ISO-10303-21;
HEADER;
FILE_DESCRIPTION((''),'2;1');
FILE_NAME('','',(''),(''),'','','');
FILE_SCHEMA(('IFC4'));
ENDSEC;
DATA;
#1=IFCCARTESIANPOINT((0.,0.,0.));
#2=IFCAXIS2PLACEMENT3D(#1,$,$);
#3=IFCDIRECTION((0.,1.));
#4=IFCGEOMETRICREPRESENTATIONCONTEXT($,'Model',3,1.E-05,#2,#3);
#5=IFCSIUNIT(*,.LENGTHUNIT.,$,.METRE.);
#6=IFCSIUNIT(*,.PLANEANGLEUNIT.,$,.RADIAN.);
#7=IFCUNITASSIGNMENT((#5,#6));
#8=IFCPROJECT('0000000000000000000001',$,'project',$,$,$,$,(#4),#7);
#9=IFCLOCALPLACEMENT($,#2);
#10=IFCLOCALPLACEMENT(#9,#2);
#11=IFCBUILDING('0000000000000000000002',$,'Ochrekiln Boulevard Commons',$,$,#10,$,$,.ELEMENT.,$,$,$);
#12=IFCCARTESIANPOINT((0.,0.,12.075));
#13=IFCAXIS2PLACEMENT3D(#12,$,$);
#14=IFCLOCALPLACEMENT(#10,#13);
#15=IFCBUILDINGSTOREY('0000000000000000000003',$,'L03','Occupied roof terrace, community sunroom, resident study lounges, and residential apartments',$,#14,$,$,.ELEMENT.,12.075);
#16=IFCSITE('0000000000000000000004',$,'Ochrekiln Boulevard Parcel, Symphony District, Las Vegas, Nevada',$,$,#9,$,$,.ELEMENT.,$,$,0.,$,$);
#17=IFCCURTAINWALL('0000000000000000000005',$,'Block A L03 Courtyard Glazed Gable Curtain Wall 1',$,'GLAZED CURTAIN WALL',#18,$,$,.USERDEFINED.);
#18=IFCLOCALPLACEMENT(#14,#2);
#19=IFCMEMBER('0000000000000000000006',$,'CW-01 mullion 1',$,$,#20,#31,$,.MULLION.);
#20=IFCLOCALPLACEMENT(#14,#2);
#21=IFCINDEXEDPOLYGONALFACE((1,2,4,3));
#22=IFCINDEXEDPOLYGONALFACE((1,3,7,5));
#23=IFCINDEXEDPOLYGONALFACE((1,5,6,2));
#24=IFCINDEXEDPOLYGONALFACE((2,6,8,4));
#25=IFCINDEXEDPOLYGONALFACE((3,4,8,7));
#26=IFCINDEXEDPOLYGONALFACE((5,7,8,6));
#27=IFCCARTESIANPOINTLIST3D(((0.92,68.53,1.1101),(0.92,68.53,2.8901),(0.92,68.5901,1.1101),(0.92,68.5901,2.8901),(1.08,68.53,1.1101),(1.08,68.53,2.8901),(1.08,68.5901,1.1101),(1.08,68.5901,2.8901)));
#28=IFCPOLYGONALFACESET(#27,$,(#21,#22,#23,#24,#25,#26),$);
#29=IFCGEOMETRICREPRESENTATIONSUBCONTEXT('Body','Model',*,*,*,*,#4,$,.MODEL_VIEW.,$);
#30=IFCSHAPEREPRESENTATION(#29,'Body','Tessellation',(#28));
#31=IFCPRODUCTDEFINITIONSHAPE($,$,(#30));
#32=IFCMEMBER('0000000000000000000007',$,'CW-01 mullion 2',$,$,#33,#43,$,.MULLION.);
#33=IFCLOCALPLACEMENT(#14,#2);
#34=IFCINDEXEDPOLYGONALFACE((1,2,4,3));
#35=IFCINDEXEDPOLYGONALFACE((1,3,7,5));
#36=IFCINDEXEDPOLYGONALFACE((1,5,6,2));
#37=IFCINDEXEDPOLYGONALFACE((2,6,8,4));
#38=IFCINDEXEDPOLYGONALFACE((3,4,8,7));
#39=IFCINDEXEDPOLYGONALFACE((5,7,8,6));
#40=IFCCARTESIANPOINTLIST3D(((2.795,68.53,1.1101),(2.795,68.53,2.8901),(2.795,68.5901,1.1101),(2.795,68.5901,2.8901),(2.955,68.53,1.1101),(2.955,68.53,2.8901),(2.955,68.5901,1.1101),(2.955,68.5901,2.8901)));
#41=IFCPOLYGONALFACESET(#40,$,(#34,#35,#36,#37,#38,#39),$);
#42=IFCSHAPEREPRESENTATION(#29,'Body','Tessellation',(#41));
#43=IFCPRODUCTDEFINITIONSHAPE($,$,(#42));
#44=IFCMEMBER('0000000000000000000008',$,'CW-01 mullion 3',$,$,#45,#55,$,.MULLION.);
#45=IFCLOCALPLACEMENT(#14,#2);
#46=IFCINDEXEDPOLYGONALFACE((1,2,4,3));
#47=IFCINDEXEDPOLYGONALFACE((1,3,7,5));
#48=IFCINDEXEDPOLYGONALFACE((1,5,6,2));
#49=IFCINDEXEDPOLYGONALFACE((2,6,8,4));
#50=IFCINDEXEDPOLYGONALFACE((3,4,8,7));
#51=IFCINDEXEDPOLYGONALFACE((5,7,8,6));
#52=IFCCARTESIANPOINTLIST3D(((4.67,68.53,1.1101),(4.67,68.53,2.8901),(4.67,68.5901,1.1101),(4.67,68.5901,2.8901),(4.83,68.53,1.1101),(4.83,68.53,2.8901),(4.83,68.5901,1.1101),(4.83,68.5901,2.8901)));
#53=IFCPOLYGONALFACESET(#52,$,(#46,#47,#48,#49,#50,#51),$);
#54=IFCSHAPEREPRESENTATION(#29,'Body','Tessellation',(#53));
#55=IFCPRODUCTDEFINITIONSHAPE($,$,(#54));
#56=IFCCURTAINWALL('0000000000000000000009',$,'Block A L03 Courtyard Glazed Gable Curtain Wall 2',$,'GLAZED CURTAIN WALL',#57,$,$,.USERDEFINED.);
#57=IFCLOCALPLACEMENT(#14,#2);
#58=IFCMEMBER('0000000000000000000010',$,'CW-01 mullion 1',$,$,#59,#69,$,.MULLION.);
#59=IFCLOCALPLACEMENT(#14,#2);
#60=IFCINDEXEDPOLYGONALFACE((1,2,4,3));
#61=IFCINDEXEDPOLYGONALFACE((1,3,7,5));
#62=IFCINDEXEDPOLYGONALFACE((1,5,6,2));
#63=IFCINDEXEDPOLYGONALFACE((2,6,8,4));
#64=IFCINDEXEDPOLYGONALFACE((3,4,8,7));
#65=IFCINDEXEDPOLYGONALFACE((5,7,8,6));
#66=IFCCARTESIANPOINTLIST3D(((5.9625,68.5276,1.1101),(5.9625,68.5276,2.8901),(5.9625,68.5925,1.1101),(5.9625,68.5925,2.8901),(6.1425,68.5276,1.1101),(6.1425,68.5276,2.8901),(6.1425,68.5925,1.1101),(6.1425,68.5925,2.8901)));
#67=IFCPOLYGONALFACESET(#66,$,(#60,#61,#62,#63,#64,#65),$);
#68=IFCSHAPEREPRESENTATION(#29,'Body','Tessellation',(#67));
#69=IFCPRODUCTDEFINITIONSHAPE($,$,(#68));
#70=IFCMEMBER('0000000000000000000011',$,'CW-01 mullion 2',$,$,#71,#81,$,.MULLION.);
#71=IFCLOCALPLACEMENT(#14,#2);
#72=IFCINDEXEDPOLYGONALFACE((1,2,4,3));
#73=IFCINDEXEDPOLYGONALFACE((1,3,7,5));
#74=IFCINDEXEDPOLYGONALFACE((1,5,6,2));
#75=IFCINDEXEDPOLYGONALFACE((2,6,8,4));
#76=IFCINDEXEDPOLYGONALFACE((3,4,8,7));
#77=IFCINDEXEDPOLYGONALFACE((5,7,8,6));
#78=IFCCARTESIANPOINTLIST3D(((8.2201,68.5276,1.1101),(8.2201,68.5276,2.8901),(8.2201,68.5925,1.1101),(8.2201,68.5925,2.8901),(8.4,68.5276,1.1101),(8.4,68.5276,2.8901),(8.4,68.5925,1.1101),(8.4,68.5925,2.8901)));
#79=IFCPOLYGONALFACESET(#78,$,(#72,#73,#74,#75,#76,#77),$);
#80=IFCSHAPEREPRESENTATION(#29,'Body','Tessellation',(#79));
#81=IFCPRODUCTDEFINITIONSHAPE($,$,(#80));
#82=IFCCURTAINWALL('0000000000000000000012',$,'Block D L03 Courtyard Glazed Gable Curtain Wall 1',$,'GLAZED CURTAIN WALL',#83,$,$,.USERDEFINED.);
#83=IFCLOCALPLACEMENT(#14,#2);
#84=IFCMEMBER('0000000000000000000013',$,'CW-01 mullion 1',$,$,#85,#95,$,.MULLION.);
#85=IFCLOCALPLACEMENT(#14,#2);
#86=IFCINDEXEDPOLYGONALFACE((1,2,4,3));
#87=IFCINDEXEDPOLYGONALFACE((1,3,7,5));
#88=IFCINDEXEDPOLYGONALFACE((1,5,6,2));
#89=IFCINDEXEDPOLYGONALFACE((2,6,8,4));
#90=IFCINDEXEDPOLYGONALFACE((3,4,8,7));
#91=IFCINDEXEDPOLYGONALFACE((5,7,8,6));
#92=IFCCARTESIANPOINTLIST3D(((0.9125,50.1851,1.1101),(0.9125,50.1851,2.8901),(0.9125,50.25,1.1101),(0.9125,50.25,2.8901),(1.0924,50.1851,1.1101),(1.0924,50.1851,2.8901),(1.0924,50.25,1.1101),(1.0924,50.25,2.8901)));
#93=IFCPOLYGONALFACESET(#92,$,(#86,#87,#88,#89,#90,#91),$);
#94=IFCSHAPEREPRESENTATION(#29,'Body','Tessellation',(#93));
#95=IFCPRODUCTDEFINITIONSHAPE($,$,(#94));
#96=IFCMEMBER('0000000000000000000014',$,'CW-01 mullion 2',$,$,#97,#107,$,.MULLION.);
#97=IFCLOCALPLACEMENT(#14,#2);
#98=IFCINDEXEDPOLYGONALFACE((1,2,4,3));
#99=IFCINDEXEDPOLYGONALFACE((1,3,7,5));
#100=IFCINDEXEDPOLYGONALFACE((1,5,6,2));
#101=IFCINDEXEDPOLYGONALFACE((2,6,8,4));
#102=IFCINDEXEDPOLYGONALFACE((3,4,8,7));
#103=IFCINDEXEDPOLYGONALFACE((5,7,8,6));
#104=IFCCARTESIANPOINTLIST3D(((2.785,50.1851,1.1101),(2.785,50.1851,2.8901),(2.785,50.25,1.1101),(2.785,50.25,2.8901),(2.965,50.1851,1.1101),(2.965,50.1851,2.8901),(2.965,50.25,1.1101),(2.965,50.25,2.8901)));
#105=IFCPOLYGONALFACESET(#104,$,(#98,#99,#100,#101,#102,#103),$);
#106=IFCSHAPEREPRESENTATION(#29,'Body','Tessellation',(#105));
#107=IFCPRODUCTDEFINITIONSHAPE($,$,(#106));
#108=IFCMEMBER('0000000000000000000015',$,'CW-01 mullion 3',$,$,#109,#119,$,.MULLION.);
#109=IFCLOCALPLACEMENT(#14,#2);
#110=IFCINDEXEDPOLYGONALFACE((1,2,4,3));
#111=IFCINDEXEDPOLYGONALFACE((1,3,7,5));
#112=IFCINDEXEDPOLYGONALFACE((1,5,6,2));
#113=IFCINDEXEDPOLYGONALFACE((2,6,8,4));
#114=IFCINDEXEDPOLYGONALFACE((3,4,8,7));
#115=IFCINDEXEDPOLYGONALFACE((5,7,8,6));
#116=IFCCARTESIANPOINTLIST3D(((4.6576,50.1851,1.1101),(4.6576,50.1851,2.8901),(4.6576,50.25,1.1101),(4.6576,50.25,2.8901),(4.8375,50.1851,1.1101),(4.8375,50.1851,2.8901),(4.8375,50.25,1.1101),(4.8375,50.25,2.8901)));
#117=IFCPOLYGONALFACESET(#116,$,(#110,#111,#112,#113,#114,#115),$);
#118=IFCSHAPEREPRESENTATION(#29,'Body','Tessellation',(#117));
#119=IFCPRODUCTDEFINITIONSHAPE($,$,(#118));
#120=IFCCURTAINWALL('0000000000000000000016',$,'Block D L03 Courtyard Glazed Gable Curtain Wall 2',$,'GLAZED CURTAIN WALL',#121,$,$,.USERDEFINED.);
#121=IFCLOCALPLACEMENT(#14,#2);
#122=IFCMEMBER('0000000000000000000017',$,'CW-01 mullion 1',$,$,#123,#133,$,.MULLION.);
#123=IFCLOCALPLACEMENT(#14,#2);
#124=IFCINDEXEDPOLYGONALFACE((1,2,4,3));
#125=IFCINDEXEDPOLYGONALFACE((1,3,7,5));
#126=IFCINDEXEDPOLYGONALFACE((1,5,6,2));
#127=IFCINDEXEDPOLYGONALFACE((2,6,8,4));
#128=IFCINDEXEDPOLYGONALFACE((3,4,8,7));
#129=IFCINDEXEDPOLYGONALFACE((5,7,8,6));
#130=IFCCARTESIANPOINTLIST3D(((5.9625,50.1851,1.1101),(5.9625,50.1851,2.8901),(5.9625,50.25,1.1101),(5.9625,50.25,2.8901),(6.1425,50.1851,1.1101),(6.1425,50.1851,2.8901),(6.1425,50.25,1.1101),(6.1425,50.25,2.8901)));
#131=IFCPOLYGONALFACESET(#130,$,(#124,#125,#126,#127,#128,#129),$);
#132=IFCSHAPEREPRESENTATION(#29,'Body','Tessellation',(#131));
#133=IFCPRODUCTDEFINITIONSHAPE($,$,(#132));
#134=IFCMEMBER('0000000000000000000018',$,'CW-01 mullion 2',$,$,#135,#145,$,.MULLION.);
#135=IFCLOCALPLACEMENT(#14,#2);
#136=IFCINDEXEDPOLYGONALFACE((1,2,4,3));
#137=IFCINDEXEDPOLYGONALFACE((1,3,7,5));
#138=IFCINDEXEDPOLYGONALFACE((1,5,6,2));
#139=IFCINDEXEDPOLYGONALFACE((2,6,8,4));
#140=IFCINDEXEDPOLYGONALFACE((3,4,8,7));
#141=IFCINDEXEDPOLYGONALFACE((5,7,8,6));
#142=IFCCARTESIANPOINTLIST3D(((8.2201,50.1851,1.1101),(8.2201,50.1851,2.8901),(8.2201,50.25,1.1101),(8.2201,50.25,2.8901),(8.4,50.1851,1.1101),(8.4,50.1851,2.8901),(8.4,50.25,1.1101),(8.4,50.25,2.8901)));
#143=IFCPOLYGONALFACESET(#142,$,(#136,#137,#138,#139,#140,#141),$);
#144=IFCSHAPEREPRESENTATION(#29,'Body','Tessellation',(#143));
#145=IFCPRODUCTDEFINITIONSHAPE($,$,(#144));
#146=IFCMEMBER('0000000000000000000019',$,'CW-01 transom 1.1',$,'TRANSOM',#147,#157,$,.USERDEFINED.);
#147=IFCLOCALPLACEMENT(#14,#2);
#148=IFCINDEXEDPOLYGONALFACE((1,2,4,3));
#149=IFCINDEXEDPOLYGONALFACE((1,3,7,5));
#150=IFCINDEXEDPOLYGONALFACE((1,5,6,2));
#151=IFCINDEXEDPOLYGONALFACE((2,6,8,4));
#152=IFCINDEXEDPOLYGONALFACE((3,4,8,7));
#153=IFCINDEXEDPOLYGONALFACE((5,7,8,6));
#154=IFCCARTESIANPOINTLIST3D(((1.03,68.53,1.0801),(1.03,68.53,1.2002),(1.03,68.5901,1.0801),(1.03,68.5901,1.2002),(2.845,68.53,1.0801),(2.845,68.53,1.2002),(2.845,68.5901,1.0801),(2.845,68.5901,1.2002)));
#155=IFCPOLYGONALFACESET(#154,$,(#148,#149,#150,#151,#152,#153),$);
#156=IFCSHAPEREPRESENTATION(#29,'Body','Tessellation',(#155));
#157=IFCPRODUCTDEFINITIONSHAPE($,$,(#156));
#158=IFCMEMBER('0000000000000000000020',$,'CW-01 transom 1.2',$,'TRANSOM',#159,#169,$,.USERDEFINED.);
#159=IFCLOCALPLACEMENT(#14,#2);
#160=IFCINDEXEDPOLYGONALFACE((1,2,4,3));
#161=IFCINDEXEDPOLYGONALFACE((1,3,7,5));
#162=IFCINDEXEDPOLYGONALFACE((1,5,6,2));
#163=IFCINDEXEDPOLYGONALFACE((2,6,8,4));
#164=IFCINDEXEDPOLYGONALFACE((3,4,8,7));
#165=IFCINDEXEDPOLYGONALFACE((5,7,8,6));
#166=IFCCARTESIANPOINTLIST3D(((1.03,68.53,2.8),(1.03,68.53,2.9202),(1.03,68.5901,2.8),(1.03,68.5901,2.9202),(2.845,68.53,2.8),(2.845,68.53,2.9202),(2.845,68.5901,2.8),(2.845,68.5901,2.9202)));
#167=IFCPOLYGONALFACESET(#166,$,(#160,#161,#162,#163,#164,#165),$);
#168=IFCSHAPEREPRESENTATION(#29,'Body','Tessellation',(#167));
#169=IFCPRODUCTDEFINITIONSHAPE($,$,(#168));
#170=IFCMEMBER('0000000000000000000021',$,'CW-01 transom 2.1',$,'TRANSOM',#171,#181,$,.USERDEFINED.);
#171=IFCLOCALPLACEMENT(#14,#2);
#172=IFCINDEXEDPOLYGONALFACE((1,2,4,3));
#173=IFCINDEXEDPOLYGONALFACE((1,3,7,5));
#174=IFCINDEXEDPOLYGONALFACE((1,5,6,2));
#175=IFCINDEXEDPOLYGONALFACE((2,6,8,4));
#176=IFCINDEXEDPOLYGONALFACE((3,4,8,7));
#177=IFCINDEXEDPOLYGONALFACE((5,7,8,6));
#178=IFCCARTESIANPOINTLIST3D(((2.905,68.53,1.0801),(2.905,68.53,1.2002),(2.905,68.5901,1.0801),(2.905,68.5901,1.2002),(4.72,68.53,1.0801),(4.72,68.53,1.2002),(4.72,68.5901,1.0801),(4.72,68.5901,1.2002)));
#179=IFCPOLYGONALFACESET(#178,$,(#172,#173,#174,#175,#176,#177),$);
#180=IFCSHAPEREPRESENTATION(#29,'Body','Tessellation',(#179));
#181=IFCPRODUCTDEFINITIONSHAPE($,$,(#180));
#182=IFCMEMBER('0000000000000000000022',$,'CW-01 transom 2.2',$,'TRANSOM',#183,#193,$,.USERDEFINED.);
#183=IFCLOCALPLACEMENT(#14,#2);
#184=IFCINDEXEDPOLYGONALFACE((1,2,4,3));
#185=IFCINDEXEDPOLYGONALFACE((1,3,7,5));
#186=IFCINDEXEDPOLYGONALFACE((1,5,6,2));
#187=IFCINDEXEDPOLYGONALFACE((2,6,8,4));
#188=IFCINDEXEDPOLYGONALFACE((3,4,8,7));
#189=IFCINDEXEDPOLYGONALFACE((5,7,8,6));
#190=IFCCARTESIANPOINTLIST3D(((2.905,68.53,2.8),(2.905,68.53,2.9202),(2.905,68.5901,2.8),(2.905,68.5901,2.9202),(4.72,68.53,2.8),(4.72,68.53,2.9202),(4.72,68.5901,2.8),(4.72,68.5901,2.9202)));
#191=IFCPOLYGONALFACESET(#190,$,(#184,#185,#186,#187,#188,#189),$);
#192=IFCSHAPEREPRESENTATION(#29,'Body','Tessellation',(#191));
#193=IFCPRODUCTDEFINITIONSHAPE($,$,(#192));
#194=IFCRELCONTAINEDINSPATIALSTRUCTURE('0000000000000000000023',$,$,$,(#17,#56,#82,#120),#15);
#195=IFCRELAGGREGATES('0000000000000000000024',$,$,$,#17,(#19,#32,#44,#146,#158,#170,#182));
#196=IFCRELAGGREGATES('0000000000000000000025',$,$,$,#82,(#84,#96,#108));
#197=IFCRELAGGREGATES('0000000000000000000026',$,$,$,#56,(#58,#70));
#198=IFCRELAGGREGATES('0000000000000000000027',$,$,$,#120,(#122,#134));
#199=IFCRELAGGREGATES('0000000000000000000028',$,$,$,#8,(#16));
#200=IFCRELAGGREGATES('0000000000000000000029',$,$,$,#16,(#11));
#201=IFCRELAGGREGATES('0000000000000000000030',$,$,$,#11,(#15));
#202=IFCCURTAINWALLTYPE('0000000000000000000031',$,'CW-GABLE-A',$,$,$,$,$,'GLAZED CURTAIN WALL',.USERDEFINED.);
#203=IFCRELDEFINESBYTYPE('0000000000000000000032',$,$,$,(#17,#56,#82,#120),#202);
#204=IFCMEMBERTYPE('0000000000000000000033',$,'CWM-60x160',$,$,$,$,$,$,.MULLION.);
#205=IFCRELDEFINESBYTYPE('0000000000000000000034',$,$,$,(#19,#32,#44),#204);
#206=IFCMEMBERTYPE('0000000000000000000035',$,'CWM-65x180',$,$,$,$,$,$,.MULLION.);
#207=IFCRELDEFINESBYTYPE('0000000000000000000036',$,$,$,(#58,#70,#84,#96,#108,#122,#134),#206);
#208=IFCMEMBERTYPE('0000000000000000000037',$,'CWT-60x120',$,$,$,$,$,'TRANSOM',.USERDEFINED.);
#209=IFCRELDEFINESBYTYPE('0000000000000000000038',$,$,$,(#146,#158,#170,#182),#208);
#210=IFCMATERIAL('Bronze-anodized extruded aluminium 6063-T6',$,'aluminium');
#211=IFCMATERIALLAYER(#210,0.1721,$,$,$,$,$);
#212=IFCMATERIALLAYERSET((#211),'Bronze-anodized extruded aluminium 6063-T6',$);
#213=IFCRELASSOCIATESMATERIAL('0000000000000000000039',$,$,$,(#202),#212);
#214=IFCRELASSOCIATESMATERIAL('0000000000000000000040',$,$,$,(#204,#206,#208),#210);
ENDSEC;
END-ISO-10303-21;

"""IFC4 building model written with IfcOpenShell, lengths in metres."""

from ifc_helpers import new_model, si_unit, direction, frame, origin, origin_2d, place, context, subcontext, project, spatial, rectangle, extrude, material, layer, layer_set, material_profile, profile_set, type_object, element, aggregate, save


model = new_model("IFC4")

# Units and contexts
model_context = context("Model", 3, precision=1e-05, world=origin(), true_north=direction((0.0, 1.0)))
body_context = subcontext(model_context, "Body", "Model", "MODEL_VIEW")
ifc_project = project(units=[si_unit("LENGTHUNIT", "METRE"), si_unit("PLANEANGLEUNIT", "RADIAN")], contexts=[model_context])

# Site, building, storey
site_placement = place(None, origin())
site = spatial("IfcSite", under=ifc_project, at=site_placement, Name="Ochrekiln Boulevard Parcel, Symphony District, Las Vegas, Nevada", CompositionType="ELEMENT", RefElevation=0.0)
building_placement = place(site_placement, origin())
building = spatial("IfcBuilding", under=site, at=building_placement, Name="Ochrekiln Boulevard Commons", CompositionType="ELEMENT")
storey_placement = place(building_placement, frame((0.0, 0.0, 12.075)))
storey = spatial("IfcBuildingStorey", under=building, at=storey_placement, Name="L03", Description="Occupied roof terrace, community sunroom, resident study lounges, and residential apartments", CompositionType="ELEMENT", Elevation=12.075)

# Curtain walls, members
ifc_material_1 = material(Name="Bronze-anodized extruded aluminium 6063-T6", Category="aluminium")
ifc_layer_1 = layer(ifc_material_1, 0.1721)
ifc_layer_set_1 = layer_set([ifc_layer_1], Name="Bronze-anodized extruded aluminium 6063-T6")
curtain_wall_type = type_object("IfcCurtainWallType", Name="CW-GABLE-A", ElementType="GLAZED CURTAIN WALL", PredefinedType="USERDEFINED", material=ifc_layer_set_1)
curtain_wall_1_placement = place(storey_placement, origin())
curtain_wall_1 = element("IfcCurtainWall", 1, at=curtain_wall_1_placement, inside=storey, type_object=curtain_wall_type, Name="Block A L03 Courtyard Glazed Gable Curtain Wall 1", ObjectType="GLAZED CURTAIN WALL", PredefinedType="USERDEFINED")
ifc_material_profile_1 = material_profile(ifc_material_1, rectangle(XDim=0.0601, YDim=0.1599, at=origin_2d()), Name="ALU-MUL-60x160")
ifc_profile_set_1 = profile_set([ifc_material_profile_1], Name="Bronze-anodized extruded aluminium 6063-T6")
member_type_1 = type_object("IfcMemberType", Name="CWM-60x160", PredefinedType="MULLION", material=ifc_profile_set_1)
member_1_placement = place(storey_placement, frame((1.0, 68.5601, 1.1101), z_axis=(0.0, 0.0, 1.0), x_axis=(0.0, 1.0, 0.0)))
member_1 = element("IfcMember", 2, at=member_1_placement, type_object=member_type_1, Name="CW-01 mullion 1", PredefinedType="MULLION", context=body_context, shape_type="SweptSolid", body=[
    extrude(rectangle(XDim=0.0601, YDim=0.1599, at=origin_2d()), origin(), (0.0, 0.0, 1.0), 1.78),
])
member_2_placement = place(storey_placement, frame((2.875, 68.5601, 1.1101), z_axis=(0.0, 0.0, 1.0), x_axis=(0.0, 1.0, 0.0)))
member_2 = element("IfcMember", 3, at=member_2_placement, type_object=member_type_1, Name="CW-01 mullion 2", PredefinedType="MULLION", context=body_context, shape_type="SweptSolid", body=[
    extrude(rectangle(XDim=0.0601, YDim=0.1599, at=origin_2d()), origin(), (0.0, 0.0, 1.0), 1.78),
])
member_3_placement = place(storey_placement, frame((4.75, 68.5601, 1.1101), z_axis=(0.0, 0.0, 1.0), x_axis=(0.0, 1.0, 0.0)))
member_3 = element("IfcMember", 4, at=member_3_placement, type_object=member_type_1, Name="CW-01 mullion 3", PredefinedType="MULLION", context=body_context, shape_type="SweptSolid", body=[
    extrude(rectangle(XDim=0.0601, YDim=0.1599, at=origin_2d()), origin(), (0.0, 0.0, 1.0), 1.78),
])
curtain_wall_2_placement = place(storey_placement, origin())
curtain_wall_2 = element("IfcCurtainWall", 5, at=curtain_wall_2_placement, inside=storey, type_object=curtain_wall_type, Name="Block A L03 Courtyard Glazed Gable Curtain Wall 2", ObjectType="GLAZED CURTAIN WALL", PredefinedType="USERDEFINED")
ifc_material_profile_2 = material_profile(ifc_material_1, rectangle(XDim=0.0649, YDim=0.1799, at=origin_2d()), Name="ALU-MUL-65x180")
ifc_profile_set_2 = profile_set([ifc_material_profile_2], Name="Bronze-anodized extruded aluminium 6063-T6")
member_type_2 = type_object("IfcMemberType", Name="CWM-65x180", PredefinedType="MULLION", material=ifc_profile_set_2)
member_4_placement = place(storey_placement, frame((6.0525, 68.5601, 1.1101), z_axis=(0.0, 0.0, 1.0), x_axis=(0.0, 1.0, 0.0)))
member_4 = element("IfcMember", 6, at=member_4_placement, type_object=member_type_2, Name="CW-01 mullion 1", PredefinedType="MULLION", context=body_context, shape_type="SweptSolid", body=[
    extrude(rectangle(XDim=0.0649, YDim=0.1799, at=origin_2d()), origin(), (0.0, 0.0, 1.0), 1.78),
])
member_5_placement = place(storey_placement, frame((8.3101, 68.5601, 1.1101), z_axis=(0.0, 0.0, 1.0), x_axis=(0.0, 1.0, 0.0)))
member_5 = element("IfcMember", 7, at=member_5_placement, type_object=member_type_2, Name="CW-01 mullion 2", PredefinedType="MULLION", context=body_context, shape_type="SweptSolid", body=[
    extrude(rectangle(XDim=0.0649, YDim=0.1799, at=origin_2d()), origin(), (0.0, 0.0, 1.0), 1.78),
])
curtain_wall_3_placement = place(storey_placement, origin())
curtain_wall_3 = element("IfcCurtainWall", 8, at=curtain_wall_3_placement, inside=storey, type_object=curtain_wall_type, Name="Block D L03 Courtyard Glazed Gable Curtain Wall 1", ObjectType="GLAZED CURTAIN WALL", PredefinedType="USERDEFINED")
member_6_placement = place(storey_placement, frame((1.0024, 50.2175, 1.1101), z_axis=(0.0, 0.0, 1.0), x_axis=(0.0, 1.0, 0.0)))
member_6 = element("IfcMember", 9, at=member_6_placement, type_object=member_type_2, Name="CW-01 mullion 1", PredefinedType="MULLION", context=body_context, shape_type="SweptSolid", body=[
    extrude(rectangle(XDim=0.0649, YDim=0.1799, at=origin_2d()), origin(), (0.0, 0.0, 1.0), 1.78),
])
member_7_placement = place(storey_placement, frame((2.875, 50.2175, 1.1101), z_axis=(0.0, 0.0, 1.0), x_axis=(0.0, 1.0, 0.0)))
member_7 = element("IfcMember", 10, at=member_7_placement, type_object=member_type_2, Name="CW-01 mullion 2", PredefinedType="MULLION", context=body_context, shape_type="SweptSolid", body=[
    extrude(rectangle(XDim=0.0649, YDim=0.1799, at=origin_2d()), origin(), (0.0, 0.0, 1.0), 1.78),
])
member_8_placement = place(storey_placement, frame((4.7476, 50.2175, 1.1101), z_axis=(0.0, 0.0, 1.0), x_axis=(0.0, 1.0, 0.0)))
member_8 = element("IfcMember", 11, at=member_8_placement, type_object=member_type_2, Name="CW-01 mullion 3", PredefinedType="MULLION", context=body_context, shape_type="SweptSolid", body=[
    extrude(rectangle(XDim=0.0649, YDim=0.1799, at=origin_2d()), origin(), (0.0, 0.0, 1.0), 1.78),
])
curtain_wall_4_placement = place(storey_placement, origin())
curtain_wall_4 = element("IfcCurtainWall", 12, at=curtain_wall_4_placement, inside=storey, type_object=curtain_wall_type, Name="Block D L03 Courtyard Glazed Gable Curtain Wall 2", ObjectType="GLAZED CURTAIN WALL", PredefinedType="USERDEFINED")
member_9_placement = place(storey_placement, frame((6.0525, 50.2175, 1.1101), z_axis=(0.0, 0.0, 1.0), x_axis=(0.0, 1.0, 0.0)))
member_9 = element("IfcMember", 13, at=member_9_placement, type_object=member_type_2, Name="CW-01 mullion 1", PredefinedType="MULLION", context=body_context, shape_type="SweptSolid", body=[
    extrude(rectangle(XDim=0.0649, YDim=0.1799, at=origin_2d()), origin(), (0.0, 0.0, 1.0), 1.78),
])
member_10_placement = place(storey_placement, frame((8.3101, 50.2175, 1.1101), z_axis=(0.0, 0.0, 1.0), x_axis=(0.0, 1.0, 0.0)))
member_10 = element("IfcMember", 14, at=member_10_placement, type_object=member_type_2, Name="CW-01 mullion 2", PredefinedType="MULLION", context=body_context, shape_type="SweptSolid", body=[
    extrude(rectangle(XDim=0.0649, YDim=0.1799, at=origin_2d()), origin(), (0.0, 0.0, 1.0), 1.78),
])

# Members
ifc_material_profile_3 = material_profile(ifc_material_1, rectangle(XDim=0.0601, YDim=0.1201, at=origin_2d()), Name="ALU-TRN-60x120")
ifc_profile_set_3 = profile_set([ifc_material_profile_3], Name="Bronze-anodized extruded aluminium 6063-T6")
member_type_3 = type_object("IfcMemberType", Name="CWT-60x120", ElementType="TRANSOM", PredefinedType="USERDEFINED", material=ifc_profile_set_3)
member_11_placement = place(storey_placement, frame((1.03, 68.5601, 1.1401), z_axis=(1.0, 0.0, 0.0), x_axis=(0.0, 1.0, 0.0)))
member_11 = element("IfcMember", 15, at=member_11_placement, type_object=member_type_3, Name="CW-01 transom 1.1", ObjectType="TRANSOM", PredefinedType="USERDEFINED", context=body_context, shape_type="SweptSolid", body=[
    extrude(rectangle(XDim=0.0601, YDim=0.1201, at=origin_2d()), origin(), (0.0, 0.0, 1.0), 1.8149),
])
member_12_placement = place(storey_placement, frame((1.03, 68.5601, 2.8601), z_axis=(1.0, 0.0, 0.0), x_axis=(0.0, 1.0, 0.0)))
member_12 = element("IfcMember", 16, at=member_12_placement, type_object=member_type_3, Name="CW-01 transom 1.2", ObjectType="TRANSOM", PredefinedType="USERDEFINED", context=body_context, shape_type="SweptSolid", body=[
    extrude(rectangle(XDim=0.0601, YDim=0.1201, at=origin_2d()), origin(), (0.0, 0.0, 1.0), 1.8149),
])
member_13_placement = place(storey_placement, frame((2.905, 68.5601, 1.1401), z_axis=(1.0, 0.0, 0.0), x_axis=(0.0, 1.0, 0.0)))
member_13 = element("IfcMember", 17, at=member_13_placement, type_object=member_type_3, Name="CW-01 transom 2.1", ObjectType="TRANSOM", PredefinedType="USERDEFINED", context=body_context, shape_type="SweptSolid", body=[
    extrude(rectangle(XDim=0.0601, YDim=0.1201, at=origin_2d()), origin(), (0.0, 0.0, 1.0), 1.8149),
])
member_14_placement = place(storey_placement, frame((2.905, 68.5601, 2.8601), z_axis=(1.0, 0.0, 0.0), x_axis=(0.0, 1.0, 0.0)))
member_14 = element("IfcMember", 18, at=member_14_placement, type_object=member_type_3, Name="CW-01 transom 2.2", ObjectType="TRANSOM", PredefinedType="USERDEFINED", context=body_context, shape_type="SweptSolid", body=[
    extrude(rectangle(XDim=0.0601, YDim=0.1201, at=origin_2d()), origin(), (0.0, 0.0, 1.0), 1.8149),
])

aggregate(curtain_wall_1, [member_1, member_2, member_3, member_11, member_12, member_13, member_14])
aggregate(curtain_wall_3, [member_6, member_7, member_8])
aggregate(curtain_wall_2, [member_4, member_5])
aggregate(curtain_wall_4, [member_9, member_10])

save(model, "model.ifc")
